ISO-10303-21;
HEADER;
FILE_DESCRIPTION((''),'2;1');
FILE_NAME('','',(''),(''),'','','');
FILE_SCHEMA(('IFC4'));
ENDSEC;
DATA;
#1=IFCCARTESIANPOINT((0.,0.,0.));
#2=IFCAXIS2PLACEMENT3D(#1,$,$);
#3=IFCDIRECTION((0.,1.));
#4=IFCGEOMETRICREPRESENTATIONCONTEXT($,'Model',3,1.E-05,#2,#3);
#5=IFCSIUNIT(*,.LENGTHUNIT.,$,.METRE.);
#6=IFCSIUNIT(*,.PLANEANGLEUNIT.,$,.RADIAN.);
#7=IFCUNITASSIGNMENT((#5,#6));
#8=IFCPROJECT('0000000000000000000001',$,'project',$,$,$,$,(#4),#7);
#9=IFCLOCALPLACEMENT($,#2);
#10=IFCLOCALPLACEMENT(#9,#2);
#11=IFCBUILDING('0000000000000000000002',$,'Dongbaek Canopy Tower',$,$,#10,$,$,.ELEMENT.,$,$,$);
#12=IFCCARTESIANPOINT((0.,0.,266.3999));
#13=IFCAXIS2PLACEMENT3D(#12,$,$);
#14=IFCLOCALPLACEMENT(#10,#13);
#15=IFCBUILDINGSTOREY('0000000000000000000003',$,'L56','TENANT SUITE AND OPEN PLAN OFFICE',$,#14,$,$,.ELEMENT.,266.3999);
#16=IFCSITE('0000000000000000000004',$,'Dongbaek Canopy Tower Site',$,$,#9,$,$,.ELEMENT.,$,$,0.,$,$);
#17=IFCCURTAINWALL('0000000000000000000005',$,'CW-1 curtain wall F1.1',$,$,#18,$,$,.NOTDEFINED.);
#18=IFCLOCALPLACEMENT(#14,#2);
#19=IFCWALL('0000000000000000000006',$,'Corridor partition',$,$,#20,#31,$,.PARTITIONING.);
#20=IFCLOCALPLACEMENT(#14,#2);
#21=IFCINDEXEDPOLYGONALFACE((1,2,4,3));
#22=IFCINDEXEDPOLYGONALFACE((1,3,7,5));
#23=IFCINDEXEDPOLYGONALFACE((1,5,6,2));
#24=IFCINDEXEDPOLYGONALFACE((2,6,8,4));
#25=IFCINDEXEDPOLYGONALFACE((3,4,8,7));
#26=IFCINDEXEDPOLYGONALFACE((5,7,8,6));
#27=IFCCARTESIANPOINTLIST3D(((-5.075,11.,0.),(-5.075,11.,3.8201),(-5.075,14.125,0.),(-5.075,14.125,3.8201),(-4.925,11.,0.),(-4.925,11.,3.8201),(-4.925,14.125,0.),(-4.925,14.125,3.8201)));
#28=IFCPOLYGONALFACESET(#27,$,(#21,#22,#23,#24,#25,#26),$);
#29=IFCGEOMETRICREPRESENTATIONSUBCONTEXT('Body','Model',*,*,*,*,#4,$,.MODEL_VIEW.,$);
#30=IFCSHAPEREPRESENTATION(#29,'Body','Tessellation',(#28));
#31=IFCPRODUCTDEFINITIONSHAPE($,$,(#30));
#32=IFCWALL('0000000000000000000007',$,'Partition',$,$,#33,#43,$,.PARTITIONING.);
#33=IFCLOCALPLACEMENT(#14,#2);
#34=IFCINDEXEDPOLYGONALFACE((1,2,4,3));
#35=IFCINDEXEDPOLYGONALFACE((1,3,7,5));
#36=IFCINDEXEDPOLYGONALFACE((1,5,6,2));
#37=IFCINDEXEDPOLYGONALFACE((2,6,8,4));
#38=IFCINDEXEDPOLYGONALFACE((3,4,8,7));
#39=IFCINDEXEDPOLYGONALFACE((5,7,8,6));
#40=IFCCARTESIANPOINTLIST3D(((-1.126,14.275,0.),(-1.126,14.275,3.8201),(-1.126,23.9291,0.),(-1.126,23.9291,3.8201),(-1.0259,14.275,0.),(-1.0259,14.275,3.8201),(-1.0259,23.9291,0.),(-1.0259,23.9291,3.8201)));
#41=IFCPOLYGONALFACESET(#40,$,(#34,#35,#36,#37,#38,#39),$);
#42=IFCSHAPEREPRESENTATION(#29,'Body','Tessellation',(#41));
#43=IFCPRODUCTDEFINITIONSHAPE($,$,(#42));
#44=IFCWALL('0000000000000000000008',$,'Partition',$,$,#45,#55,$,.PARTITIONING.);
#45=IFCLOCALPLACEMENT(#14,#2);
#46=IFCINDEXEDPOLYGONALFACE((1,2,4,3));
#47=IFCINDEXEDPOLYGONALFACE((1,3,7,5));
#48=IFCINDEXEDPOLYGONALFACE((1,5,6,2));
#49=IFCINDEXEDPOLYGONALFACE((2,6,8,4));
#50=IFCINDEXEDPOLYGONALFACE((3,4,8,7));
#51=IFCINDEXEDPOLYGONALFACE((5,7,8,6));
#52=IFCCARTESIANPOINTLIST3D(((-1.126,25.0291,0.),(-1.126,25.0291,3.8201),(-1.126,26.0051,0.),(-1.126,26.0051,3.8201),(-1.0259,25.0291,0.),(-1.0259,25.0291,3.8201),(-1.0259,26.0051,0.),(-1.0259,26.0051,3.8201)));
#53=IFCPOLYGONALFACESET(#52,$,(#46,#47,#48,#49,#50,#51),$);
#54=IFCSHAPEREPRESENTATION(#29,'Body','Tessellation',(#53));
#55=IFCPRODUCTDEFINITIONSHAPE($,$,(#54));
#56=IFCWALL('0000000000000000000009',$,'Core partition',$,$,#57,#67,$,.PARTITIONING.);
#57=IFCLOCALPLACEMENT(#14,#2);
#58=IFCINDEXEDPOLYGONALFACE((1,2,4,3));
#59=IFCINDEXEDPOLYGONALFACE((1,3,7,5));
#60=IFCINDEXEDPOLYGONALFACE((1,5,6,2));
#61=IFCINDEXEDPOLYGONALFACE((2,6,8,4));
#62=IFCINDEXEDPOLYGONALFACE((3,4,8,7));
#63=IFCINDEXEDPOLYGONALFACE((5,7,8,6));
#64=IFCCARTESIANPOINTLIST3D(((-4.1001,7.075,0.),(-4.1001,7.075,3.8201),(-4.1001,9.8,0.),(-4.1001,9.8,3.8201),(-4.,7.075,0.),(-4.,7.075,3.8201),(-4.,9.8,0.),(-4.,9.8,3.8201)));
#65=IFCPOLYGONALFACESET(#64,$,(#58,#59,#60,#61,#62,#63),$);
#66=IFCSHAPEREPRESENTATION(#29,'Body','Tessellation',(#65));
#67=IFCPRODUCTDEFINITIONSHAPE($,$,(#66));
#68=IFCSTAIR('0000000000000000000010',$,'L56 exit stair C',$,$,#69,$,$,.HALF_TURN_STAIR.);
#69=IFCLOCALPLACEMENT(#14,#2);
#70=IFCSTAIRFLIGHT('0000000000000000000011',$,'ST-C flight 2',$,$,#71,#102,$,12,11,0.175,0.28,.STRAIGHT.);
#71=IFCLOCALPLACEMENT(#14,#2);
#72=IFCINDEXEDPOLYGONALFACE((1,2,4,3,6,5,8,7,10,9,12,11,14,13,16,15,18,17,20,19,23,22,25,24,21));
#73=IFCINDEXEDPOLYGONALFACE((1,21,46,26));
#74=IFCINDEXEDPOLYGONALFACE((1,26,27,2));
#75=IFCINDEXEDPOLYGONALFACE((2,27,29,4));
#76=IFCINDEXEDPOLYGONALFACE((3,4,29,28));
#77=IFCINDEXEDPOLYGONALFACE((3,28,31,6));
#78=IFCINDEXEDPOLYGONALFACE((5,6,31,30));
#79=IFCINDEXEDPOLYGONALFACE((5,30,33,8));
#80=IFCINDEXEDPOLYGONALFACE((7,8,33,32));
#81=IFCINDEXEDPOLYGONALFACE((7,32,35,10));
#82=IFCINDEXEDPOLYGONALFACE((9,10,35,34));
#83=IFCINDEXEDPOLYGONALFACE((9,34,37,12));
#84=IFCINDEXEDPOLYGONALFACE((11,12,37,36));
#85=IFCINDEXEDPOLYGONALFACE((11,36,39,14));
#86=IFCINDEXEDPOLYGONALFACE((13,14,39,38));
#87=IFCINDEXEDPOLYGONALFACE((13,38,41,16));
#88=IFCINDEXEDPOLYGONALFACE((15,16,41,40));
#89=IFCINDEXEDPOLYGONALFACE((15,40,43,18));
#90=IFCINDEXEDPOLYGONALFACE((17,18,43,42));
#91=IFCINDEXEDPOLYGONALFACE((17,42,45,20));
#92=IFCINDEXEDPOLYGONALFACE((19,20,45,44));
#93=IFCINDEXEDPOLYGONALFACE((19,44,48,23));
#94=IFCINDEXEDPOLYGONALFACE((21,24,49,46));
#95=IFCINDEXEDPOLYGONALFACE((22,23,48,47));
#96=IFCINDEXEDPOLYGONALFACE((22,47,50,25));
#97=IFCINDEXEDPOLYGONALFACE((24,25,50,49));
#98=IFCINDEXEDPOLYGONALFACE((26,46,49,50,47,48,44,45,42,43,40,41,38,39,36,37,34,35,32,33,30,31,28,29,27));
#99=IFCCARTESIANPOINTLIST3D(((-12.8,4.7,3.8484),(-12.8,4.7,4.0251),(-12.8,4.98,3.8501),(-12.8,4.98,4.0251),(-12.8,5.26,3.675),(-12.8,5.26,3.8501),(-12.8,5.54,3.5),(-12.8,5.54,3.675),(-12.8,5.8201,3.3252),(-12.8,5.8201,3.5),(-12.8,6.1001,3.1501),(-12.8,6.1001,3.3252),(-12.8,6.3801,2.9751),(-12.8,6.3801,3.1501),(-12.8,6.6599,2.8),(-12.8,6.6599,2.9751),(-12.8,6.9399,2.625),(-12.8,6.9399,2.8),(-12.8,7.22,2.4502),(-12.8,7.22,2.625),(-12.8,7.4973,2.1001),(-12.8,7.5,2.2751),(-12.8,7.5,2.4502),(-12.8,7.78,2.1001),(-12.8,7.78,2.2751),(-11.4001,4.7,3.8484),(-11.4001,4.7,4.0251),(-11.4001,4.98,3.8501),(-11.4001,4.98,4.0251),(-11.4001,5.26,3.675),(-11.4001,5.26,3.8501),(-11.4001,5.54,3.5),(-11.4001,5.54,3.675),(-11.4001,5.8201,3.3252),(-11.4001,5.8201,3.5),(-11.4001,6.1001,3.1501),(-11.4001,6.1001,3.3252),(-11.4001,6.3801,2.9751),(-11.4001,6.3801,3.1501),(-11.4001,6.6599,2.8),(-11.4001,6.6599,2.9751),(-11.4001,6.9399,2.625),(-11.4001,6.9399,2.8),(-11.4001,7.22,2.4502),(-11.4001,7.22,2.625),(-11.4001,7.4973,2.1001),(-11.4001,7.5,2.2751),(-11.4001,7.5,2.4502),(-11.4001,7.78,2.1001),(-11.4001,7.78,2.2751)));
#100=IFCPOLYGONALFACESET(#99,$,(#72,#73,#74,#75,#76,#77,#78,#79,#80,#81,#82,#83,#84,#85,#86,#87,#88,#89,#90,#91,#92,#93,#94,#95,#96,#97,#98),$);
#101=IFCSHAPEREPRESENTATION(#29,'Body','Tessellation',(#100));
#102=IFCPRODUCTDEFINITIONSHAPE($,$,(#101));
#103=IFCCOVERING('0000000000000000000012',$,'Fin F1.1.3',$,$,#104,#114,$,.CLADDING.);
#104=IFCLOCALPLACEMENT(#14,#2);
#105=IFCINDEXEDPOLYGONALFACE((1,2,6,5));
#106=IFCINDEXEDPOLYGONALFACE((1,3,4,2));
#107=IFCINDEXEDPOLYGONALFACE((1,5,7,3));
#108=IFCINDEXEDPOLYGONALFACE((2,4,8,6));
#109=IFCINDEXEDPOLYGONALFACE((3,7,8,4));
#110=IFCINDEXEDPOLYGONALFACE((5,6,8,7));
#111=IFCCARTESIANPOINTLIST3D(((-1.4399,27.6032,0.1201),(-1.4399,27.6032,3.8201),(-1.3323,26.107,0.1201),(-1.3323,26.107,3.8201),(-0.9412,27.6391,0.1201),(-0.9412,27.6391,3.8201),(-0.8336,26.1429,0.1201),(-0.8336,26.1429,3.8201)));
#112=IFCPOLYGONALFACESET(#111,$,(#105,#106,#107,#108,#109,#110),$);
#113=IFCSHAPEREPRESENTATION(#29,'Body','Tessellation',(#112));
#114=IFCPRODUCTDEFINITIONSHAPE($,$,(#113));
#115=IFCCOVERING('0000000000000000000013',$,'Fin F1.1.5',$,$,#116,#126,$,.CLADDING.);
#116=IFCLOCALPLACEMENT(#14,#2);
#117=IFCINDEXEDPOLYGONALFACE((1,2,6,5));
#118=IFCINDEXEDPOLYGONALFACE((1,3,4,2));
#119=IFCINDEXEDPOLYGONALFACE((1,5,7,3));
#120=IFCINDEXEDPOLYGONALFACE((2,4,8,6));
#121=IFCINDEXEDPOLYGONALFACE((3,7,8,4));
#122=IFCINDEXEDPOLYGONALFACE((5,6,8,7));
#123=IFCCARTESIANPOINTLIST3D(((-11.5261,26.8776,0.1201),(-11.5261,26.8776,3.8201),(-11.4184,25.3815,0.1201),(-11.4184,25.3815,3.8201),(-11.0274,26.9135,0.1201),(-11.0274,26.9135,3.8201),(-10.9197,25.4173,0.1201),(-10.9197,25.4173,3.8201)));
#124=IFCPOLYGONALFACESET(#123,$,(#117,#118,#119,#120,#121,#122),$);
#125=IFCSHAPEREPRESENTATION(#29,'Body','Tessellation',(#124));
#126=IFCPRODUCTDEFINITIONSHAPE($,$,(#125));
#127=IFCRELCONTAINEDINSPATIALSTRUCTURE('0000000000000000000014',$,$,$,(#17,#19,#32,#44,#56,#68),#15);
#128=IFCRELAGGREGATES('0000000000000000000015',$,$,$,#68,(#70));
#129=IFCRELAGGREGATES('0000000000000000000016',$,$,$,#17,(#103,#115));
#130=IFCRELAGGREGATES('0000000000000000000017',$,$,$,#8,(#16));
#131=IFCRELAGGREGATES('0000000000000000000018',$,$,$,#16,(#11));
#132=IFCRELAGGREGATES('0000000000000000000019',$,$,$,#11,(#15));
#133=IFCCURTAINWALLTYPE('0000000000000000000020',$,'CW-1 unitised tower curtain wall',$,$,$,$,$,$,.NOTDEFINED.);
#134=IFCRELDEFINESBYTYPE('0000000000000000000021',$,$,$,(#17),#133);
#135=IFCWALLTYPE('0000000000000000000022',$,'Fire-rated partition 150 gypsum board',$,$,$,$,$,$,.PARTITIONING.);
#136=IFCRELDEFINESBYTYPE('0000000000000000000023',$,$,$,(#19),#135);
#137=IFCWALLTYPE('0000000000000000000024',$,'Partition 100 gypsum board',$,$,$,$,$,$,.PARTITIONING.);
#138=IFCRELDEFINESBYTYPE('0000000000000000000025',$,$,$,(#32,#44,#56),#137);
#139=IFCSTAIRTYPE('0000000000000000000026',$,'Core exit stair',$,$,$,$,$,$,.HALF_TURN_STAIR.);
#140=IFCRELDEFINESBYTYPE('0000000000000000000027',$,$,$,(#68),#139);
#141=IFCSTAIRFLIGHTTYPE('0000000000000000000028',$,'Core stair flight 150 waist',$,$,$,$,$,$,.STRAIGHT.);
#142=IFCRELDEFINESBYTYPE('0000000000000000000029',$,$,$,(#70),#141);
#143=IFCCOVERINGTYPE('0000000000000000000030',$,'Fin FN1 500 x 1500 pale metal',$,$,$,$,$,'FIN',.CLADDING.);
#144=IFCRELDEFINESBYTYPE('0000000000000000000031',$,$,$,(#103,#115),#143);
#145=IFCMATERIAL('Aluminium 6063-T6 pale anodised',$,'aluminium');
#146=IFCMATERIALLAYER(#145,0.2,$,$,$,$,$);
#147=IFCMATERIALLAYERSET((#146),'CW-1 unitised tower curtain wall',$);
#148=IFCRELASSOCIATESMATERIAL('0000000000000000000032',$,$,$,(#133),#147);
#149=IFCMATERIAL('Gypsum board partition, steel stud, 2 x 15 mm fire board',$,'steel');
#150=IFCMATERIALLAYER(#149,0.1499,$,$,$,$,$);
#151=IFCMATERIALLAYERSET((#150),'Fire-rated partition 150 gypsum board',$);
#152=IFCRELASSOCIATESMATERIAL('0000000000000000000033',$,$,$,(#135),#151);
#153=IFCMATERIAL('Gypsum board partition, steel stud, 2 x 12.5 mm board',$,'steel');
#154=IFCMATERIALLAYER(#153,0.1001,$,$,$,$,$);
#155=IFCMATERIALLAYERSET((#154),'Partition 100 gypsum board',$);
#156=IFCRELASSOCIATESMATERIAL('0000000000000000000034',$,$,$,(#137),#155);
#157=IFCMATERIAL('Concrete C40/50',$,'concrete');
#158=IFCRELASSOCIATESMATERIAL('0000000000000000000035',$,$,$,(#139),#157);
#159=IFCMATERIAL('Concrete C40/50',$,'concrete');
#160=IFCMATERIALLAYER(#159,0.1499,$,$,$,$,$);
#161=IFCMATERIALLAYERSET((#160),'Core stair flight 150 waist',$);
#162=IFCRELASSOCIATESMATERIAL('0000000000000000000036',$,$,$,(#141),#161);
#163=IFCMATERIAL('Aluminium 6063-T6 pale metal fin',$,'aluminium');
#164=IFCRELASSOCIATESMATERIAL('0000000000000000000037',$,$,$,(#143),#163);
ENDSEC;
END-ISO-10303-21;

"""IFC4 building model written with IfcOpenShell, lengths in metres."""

from ifc_helpers import new_model, si_unit, direction, frame, frame_2d, origin, origin_2d, place, context, subcontext, project, spatial, polyline, rectangle, outline, extrude, material, layer, layer_set, material_profile, profile_set, type_object, element, aggregate, save


model = new_model("IFC4")

# Units and contexts
model_context = context("Model", 3, precision=1e-05, world=origin(), true_north=direction((0.0, 1.0)))
body_context = subcontext(model_context, "Body", "Model", "MODEL_VIEW")
ifc_project = project(units=[si_unit("LENGTHUNIT", "METRE"), si_unit("PLANEANGLEUNIT", "RADIAN")], contexts=[model_context])

# Site, building, storey
site_placement = place(None, origin())
site = spatial("IfcSite", under=ifc_project, at=site_placement, Name="Dongbaek Canopy Tower Site", CompositionType="ELEMENT", RefElevation=0.0)
building_placement = place(site_placement, origin())
building = spatial("IfcBuilding", under=site, at=building_placement, Name="Dongbaek Canopy Tower", CompositionType="ELEMENT")
storey_placement = place(building_placement, frame((0.0, 0.0, 266.3999)))
storey = spatial("IfcBuildingStorey", under=building, at=storey_placement, Name="L56", Description="TENANT SUITE AND OPEN PLAN OFFICE", CompositionType="ELEMENT", Elevation=266.3999)

# Curtain wall
ifc_material_1 = material(Name="Aluminium 6063-T6 pale anodised", Category="aluminium")
ifc_layer_1 = layer(ifc_material_1, 0.2)
ifc_layer_set_1 = layer_set([ifc_layer_1], Name="CW-1 unitised tower curtain wall")
curtain_wall_type = type_object("IfcCurtainWallType", Name="CW-1 unitised tower curtain wall", PredefinedType="NOTDEFINED", material=ifc_layer_set_1)
curtain_wall_placement = place(storey_placement, origin())
curtain_wall = element("IfcCurtainWall", 1, at=curtain_wall_placement, inside=storey, type_object=curtain_wall_type, Name="CW-1 curtain wall F1.1", PredefinedType="NOTDEFINED")

# Shared definitions
ifc_material_2 = material(Name="Gypsum board partition, steel stud, 2 x 15 mm fire board", Category="steel")
ifc_layer_2 = layer(ifc_material_2, 0.1499)
ifc_layer_set_2 = layer_set([ifc_layer_2], Name="Fire-rated partition 150 gypsum board")
wall_type_1 = type_object("IfcWallType", Name="Fire-rated partition 150 gypsum board", PredefinedType="PARTITIONING", material=ifc_layer_set_2)

# Walls
wall_1_placement = place(storey_placement, frame((-5.0, 11.0, 0.0), z_axis=(0.0, 0.0, 1.0), x_axis=(0.0, 1.0, 0.0)))
element("IfcWall", 2, at=wall_1_placement, inside=storey, type_object=wall_type_1, Name="Corridor partition", PredefinedType="PARTITIONING", context=body_context, shape_type="SweptSolid", body=[
    extrude(rectangle(XDim=3.125, YDim=0.1499, at=frame_2d((1.5625, 0.0))), origin(), (0.0, 0.0, 1.0), 3.8201),
])
ifc_material_3 = material(Name="Gypsum board partition, steel stud, 2 x 12.5 mm board", Category="steel")
ifc_layer_3 = layer(ifc_material_3, 0.1001)
ifc_layer_set_3 = layer_set([ifc_layer_3], Name="Partition 100 gypsum board")
wall_type_2 = type_object("IfcWallType", Name="Partition 100 gypsum board", PredefinedType="PARTITIONING", material=ifc_layer_set_3)
wall_2_placement = place(storey_placement, frame((-1.0759, 14.2749, 0.0), z_axis=(0.0, 0.0, 1.0), x_axis=(0.0, 1.0, 0.0)))
element("IfcWall", 3, at=wall_2_placement, inside=storey, type_object=wall_type_2, Name="Partition", PredefinedType="PARTITIONING", context=body_context, shape_type="SweptSolid", body=[
    extrude(rectangle(XDim=9.6541, YDim=0.1001, at=frame_2d((4.8271, 0.0))), origin(), (0.0, 0.0, 1.0), 3.8201),
])
wall_3_placement = place(storey_placement, frame((-1.0759, 25.0291, 0.0), z_axis=(0.0, 0.0, 1.0), x_axis=(0.0, 1.0, 0.0)))
element("IfcWall", 4, at=wall_3_placement, inside=storey, type_object=wall_type_2, Name="Partition", PredefinedType="PARTITIONING", context=body_context, shape_type="SweptSolid", body=[
    extrude(rectangle(XDim=0.9761, YDim=0.1001, at=frame_2d((0.488, 0.0))), origin(), (0.0, 0.0, 1.0), 3.8201),
])
wall_4_placement = place(storey_placement, frame((-4.05, 7.075, 0.0), z_axis=(0.0, 0.0, 1.0), x_axis=(0.0, 1.0, 0.0)))
element("IfcWall", 5, at=wall_4_placement, inside=storey, type_object=wall_type_2, Name="Core partition", PredefinedType="PARTITIONING", context=body_context, shape_type="SweptSolid", body=[
    extrude(rectangle(XDim=2.7251, YDim=0.1001, at=frame_2d((1.3625, 0.0))), origin(), (0.0, 0.0, 1.0), 3.8201),
])

# Stair, stair flight
ifc_material_4 = material(Name="Concrete C40/50", Category="concrete")
stair_type = type_object("IfcStairType", Name="Core exit stair", PredefinedType="HALF_TURN_STAIR", material=ifc_material_4)
stair_placement = place(storey_placement, origin())
stair = element("IfcStair", 6, at=stair_placement, inside=storey, type_object=stair_type, Name="L56 exit stair C", PredefinedType="HALF_TURN_STAIR")
ifc_material_5 = material(Name="Concrete C40/50", Category="concrete")
ifc_layer_4 = layer(ifc_material_5, 0.1499)
ifc_layer_set_4 = layer_set([ifc_layer_4], Name="Core stair flight 150 waist")
stair_flight_type = type_object("IfcStairFlightType", Name="Core stair flight 150 waist", PredefinedType="STRAIGHT", material=ifc_layer_set_4)
stair_flight_placement = place(storey_placement, frame((-12.1001, 7.78, 2.1001), z_axis=(0.0, 0.0, 1.0), x_axis=(0.0, -1.0, 0.0)))
stair_flight = element("IfcStairFlight", 7, at=stair_flight_placement, type_object=stair_flight_type, Name="ST-C flight 2", NumberOfRisers=12, NumberOfTreads=11, PredefinedType="STRAIGHT", RiserHeight=0.175, TreadLength=0.28, context=body_context, shape_type="SweptSolid", body=[
    extrude(outline(polyline([(0.0, 0.0), (0.0, 0.175), (0.28, 0.175), (0.28, 0.3501), (0.5601, 0.3501), (0.5601, 0.5249), (0.8401, 0.5249), (0.8401, 0.7), (1.1201, 0.7), (1.1201, 0.875), (1.3999, 0.875), (1.3999, 1.05), (1.6799, 1.05), (1.6799, 1.2251), (1.96, 1.2251), (1.96, 1.3999), (2.24, 1.3999), (2.24, 1.575), (2.52, 1.575), (2.52, 1.75), (2.8, 1.75), (2.8, 1.925), (3.0801, 1.925), (3.0801, 2.1001), (3.0801, 1.7483), (0.2827, 0.0), (0.0, 0.0)])), frame((0.0, 0.7, 0.0), z_axis=(0.0, -1.0, 0.0), x_axis=(1.0, 0.0, 0.0)), (0.0, 0.0, 1.0), 1.3999),
])
aggregate(stair, [stair_flight])

# Coverings
ifc_material_6 = material(Name="Aluminium 6063-T6 pale metal fin", Category="aluminium")
ifc_material_profile_1 = material_profile(ifc_material_6, rectangle(XDim=1.5, YDim=0.5, at=origin_2d()), Name="Fin FN1 500 x 1500 pale metal")
ifc_profile_set_1 = profile_set([ifc_material_profile_1], Name="Aluminium 6063-T6 pale metal fin")
covering_type = type_object("IfcCoveringType", Name="Fin FN1 500 x 1500 pale metal", ElementType="FIN", PredefinedType="CLADDING", material=ifc_profile_set_1)
covering_1_placement = place(storey_placement, frame((-1.1367, 26.873, 0.1201), z_axis=(0.0, 0.0, 1.0), x_axis=(-0.071744, 0.997423, 0.0)))
covering_1 = element("IfcCovering", 8, at=covering_1_placement, type_object=covering_type, Name="Fin F1.1.3", PredefinedType="CLADDING", context=body_context, shape_type="SweptSolid", body=[
    extrude(rectangle(XDim=1.5, YDim=0.5, at=origin_2d()), origin(), (0.0, 0.0, 1.0), 3.7),
])
covering_2_placement = place(storey_placement, frame((-11.2229, 26.1475, 0.1201), z_axis=(0.0, 0.0, 1.0), x_axis=(-0.071744, 0.997423, 0.0)))
covering_2 = element("IfcCovering", 9, at=covering_2_placement, type_object=covering_type, Name="Fin F1.1.5", PredefinedType="CLADDING", context=body_context, shape_type="SweptSolid", body=[
    extrude(rectangle(XDim=1.5, YDim=0.5, at=origin_2d()), origin(), (0.0, 0.0, 1.0), 3.7),
])
aggregate(curtain_wall, [covering_1, covering_2])

save(model, "model.ifc")
